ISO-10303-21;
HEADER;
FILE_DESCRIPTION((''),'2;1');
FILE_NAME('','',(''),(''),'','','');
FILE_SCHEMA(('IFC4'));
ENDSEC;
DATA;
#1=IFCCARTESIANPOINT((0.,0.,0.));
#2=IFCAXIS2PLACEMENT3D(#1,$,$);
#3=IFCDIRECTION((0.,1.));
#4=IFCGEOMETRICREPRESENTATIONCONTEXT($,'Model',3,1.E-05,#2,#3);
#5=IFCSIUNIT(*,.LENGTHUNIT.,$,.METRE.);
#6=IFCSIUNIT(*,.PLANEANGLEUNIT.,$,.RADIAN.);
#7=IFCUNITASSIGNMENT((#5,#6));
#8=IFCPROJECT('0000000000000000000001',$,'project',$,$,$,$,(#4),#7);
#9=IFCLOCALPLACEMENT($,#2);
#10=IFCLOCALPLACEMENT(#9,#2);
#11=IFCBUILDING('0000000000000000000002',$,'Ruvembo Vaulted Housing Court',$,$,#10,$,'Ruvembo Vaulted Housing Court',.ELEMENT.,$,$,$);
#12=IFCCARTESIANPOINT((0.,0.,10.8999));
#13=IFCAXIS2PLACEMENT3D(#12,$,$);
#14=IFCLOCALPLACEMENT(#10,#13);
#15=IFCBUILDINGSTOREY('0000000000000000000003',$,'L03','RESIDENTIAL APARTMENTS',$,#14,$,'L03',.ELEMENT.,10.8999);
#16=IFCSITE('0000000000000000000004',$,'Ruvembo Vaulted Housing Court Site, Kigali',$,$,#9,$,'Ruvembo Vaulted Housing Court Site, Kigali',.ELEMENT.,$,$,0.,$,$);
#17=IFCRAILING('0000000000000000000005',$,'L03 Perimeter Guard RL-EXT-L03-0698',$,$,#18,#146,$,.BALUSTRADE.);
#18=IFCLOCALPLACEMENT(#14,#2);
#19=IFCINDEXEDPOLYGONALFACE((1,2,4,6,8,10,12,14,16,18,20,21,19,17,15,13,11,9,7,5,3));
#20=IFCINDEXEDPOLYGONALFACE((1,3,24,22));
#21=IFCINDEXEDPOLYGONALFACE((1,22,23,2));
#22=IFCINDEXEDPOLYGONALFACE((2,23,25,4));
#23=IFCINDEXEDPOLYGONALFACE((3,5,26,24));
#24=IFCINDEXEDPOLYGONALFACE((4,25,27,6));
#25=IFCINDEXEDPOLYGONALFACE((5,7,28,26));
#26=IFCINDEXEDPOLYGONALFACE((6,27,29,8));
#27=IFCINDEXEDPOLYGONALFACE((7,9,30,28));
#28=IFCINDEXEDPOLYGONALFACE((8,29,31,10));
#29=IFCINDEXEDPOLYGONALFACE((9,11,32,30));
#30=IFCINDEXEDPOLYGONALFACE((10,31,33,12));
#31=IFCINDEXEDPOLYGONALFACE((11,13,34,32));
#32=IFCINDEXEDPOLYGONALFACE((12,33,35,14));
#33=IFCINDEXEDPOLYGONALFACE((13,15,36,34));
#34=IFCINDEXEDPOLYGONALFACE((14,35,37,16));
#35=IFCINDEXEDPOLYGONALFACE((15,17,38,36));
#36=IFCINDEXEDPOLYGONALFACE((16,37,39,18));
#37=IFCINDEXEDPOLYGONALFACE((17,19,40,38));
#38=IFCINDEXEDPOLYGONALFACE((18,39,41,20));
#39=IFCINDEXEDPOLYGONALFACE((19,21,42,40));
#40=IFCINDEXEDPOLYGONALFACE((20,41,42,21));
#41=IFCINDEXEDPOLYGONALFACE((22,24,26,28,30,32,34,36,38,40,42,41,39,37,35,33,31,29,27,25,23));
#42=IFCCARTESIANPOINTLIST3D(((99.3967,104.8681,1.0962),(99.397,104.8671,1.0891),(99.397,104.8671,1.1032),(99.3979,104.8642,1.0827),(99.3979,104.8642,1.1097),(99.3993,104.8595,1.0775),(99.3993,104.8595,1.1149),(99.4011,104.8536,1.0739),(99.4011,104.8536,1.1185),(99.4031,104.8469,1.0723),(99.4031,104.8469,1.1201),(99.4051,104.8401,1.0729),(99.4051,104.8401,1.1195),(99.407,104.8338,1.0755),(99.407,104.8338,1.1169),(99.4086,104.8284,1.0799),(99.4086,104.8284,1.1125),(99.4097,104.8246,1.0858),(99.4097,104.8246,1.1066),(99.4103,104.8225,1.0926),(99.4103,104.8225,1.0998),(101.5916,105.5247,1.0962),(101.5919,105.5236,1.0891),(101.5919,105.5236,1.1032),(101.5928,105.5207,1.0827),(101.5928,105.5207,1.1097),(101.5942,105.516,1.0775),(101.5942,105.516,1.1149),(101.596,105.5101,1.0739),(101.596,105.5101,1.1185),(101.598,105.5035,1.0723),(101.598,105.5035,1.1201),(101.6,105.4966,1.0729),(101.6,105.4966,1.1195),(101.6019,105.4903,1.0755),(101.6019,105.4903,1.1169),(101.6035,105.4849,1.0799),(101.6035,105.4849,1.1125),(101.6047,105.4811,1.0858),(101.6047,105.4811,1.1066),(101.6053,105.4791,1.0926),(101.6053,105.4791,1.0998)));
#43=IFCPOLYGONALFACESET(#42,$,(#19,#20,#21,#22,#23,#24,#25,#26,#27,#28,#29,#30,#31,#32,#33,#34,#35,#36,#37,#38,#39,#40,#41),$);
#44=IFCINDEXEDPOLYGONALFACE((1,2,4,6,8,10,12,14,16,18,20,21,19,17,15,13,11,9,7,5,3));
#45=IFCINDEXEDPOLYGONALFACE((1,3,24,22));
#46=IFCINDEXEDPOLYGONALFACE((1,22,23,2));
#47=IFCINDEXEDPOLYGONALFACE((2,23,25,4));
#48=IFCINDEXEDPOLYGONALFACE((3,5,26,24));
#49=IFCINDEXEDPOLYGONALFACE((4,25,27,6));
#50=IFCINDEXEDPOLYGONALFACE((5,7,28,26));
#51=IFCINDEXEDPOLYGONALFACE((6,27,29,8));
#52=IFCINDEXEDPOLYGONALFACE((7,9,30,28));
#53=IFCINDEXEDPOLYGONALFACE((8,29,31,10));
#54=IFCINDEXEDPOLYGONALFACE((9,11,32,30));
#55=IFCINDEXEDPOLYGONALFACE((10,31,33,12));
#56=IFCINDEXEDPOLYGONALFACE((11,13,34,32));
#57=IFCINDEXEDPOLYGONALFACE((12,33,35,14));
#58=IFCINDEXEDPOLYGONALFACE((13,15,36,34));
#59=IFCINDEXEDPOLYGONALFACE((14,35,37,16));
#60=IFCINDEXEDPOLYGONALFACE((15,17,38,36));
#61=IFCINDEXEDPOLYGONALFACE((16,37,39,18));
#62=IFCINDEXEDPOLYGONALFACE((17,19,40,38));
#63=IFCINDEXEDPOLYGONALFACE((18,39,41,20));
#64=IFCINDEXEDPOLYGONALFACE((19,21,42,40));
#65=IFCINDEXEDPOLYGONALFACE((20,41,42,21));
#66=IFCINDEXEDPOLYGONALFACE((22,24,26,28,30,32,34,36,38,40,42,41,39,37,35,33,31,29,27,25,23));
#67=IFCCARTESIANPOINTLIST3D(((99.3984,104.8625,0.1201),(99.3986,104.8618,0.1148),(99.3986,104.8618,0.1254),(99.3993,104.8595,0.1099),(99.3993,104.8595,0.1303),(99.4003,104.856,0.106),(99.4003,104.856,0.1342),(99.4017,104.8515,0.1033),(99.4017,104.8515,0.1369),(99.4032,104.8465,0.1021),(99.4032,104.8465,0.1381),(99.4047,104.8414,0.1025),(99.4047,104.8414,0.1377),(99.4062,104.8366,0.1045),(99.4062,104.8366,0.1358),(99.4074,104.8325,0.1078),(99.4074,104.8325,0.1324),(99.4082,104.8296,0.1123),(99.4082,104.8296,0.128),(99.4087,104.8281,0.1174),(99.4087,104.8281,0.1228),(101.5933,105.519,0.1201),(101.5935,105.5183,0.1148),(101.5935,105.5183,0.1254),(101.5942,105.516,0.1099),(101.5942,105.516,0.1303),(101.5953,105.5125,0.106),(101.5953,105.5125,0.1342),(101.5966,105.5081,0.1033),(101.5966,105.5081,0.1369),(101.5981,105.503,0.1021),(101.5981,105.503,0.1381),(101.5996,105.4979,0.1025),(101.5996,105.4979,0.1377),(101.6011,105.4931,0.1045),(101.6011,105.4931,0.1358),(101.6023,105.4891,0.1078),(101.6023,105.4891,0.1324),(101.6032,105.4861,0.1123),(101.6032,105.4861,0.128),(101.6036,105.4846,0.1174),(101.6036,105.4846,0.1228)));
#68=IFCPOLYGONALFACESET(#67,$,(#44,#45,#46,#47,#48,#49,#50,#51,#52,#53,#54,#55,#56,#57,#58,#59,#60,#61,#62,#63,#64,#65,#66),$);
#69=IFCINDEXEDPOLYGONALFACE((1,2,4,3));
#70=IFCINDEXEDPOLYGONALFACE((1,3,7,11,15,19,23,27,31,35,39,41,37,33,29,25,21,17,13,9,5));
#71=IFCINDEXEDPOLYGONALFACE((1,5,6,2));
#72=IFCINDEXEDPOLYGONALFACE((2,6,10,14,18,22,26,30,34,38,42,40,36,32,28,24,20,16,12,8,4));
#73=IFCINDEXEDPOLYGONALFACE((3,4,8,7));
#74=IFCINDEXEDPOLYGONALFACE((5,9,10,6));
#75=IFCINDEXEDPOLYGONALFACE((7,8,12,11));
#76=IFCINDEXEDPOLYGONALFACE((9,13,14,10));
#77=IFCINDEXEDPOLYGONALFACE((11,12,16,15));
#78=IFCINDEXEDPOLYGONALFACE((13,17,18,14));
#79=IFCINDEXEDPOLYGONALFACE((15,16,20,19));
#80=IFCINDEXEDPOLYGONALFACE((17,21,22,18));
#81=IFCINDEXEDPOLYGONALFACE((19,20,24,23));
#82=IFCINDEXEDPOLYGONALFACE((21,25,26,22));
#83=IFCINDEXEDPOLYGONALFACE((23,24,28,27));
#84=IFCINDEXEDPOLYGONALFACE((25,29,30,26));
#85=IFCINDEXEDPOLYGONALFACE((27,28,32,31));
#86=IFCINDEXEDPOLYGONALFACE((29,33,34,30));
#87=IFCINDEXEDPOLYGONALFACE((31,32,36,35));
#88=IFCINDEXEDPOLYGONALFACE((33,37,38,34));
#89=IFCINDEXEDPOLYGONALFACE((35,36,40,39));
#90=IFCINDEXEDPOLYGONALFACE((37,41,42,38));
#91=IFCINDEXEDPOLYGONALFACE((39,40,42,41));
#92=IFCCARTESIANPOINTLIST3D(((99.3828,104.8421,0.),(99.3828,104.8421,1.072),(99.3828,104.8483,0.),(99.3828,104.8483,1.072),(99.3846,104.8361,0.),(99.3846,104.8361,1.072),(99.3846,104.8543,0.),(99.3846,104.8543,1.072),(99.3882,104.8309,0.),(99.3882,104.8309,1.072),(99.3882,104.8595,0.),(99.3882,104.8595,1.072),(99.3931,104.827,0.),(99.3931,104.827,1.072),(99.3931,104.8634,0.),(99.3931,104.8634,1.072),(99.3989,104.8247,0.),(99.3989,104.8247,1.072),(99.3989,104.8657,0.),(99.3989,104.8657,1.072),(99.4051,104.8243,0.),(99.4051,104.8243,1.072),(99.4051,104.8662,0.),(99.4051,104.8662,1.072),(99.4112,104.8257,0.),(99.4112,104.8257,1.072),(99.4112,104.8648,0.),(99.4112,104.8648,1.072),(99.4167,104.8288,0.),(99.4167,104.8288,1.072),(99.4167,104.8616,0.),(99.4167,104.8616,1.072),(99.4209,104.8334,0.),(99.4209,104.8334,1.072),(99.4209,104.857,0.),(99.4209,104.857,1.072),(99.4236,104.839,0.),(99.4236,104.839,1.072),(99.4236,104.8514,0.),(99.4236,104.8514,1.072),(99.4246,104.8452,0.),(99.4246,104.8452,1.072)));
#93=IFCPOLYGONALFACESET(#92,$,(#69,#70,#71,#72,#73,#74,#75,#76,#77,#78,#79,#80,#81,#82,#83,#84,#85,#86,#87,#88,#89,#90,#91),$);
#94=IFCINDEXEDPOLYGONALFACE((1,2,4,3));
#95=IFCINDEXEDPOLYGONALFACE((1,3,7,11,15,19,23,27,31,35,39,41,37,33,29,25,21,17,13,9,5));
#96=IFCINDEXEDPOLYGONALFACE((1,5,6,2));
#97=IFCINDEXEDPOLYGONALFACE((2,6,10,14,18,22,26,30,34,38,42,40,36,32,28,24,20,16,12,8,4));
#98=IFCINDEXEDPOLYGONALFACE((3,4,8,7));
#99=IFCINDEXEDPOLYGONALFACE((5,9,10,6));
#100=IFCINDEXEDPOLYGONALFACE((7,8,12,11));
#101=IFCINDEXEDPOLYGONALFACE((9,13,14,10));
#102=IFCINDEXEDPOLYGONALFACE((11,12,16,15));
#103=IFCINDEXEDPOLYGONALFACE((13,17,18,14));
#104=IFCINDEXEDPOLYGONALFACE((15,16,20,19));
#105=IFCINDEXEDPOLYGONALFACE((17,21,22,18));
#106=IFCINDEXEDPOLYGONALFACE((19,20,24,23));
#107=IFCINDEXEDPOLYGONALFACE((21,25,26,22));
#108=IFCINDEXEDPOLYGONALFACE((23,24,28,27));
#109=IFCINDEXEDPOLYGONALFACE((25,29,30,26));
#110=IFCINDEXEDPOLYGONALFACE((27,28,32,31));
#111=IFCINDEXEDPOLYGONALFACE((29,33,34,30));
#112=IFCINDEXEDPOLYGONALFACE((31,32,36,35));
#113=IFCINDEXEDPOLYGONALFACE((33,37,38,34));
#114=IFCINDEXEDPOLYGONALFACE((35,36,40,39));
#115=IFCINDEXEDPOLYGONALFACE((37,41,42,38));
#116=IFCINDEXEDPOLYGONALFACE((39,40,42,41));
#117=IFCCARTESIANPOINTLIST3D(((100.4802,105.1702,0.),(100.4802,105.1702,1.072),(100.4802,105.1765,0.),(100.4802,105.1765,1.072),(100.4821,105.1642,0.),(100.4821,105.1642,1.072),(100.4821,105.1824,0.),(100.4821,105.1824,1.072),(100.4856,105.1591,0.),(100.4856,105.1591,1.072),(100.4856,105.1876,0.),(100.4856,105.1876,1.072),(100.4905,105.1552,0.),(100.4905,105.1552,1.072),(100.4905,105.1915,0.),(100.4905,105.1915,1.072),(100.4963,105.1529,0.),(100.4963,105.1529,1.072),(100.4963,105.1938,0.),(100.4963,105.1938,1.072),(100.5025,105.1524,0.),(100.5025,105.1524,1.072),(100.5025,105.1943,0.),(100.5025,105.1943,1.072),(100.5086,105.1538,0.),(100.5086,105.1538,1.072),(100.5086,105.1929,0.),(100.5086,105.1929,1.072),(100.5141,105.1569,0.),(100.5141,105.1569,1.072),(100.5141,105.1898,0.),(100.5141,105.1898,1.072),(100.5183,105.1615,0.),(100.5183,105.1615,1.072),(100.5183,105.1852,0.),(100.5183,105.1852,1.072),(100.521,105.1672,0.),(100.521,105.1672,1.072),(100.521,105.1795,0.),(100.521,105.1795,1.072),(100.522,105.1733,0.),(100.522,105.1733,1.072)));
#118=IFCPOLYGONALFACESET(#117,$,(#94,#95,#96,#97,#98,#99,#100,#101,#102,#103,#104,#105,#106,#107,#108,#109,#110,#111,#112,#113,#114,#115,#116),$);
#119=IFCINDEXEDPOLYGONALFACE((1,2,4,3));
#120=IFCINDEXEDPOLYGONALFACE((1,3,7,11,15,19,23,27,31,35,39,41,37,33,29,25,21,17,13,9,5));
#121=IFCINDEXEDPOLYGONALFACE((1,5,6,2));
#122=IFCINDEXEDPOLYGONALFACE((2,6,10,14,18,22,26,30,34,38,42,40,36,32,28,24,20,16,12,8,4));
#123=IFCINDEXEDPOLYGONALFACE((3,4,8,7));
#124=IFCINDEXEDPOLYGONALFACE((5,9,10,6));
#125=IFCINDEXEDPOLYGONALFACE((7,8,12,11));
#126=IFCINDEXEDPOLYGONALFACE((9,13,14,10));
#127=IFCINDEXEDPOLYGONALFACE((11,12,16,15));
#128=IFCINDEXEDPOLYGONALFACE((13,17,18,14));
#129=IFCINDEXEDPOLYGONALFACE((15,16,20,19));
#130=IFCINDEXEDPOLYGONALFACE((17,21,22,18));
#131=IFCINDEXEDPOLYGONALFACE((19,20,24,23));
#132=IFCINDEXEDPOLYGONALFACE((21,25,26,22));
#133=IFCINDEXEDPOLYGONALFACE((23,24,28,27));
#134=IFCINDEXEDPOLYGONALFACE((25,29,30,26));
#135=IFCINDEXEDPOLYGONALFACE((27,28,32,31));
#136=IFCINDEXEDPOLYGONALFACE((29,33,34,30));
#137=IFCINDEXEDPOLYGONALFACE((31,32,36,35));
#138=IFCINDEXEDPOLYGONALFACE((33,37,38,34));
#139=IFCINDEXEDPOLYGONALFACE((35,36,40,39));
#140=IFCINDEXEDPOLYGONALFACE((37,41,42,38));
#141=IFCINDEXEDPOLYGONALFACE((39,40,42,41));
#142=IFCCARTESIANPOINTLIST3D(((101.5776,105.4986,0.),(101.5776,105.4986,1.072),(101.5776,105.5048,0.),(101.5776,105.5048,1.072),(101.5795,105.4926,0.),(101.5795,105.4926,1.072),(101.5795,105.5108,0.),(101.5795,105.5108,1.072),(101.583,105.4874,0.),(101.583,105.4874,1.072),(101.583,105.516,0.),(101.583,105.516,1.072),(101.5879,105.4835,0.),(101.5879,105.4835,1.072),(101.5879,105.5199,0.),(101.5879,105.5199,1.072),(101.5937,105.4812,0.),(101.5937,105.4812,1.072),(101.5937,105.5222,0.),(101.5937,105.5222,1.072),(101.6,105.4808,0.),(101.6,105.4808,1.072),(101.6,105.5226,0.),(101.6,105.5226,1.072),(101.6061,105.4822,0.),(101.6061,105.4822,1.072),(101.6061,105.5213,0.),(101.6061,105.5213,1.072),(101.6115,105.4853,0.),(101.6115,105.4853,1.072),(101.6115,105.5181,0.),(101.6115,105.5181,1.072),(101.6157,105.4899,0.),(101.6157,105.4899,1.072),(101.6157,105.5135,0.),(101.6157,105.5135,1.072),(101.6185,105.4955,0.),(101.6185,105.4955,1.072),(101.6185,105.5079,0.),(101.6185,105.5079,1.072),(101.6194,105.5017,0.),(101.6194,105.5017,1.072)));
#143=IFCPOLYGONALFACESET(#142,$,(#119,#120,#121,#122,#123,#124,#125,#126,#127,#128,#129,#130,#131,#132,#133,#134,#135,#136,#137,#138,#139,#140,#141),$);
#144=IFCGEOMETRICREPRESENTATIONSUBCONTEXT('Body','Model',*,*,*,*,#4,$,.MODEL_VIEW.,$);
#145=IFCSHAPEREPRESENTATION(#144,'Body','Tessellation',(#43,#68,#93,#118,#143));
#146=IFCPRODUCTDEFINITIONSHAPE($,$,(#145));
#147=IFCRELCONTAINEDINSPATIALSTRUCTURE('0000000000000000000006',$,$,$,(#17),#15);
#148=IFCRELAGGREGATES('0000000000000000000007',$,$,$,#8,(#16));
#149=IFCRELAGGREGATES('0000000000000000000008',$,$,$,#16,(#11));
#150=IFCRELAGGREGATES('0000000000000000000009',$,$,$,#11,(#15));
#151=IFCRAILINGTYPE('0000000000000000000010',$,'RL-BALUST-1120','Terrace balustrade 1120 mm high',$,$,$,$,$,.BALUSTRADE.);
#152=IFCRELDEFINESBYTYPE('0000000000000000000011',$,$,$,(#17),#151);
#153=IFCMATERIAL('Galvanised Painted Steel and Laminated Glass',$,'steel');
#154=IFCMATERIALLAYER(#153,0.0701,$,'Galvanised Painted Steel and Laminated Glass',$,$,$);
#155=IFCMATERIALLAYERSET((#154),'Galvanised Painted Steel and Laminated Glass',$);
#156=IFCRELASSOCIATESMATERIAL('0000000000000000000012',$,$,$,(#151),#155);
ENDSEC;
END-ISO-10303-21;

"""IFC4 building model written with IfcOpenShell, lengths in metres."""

from ifc_helpers import new_model, si_unit, direction, frame, origin, origin_2d, place, context, subcontext, project, spatial, circle, extrude, material, layer, layer_set, type_object, element, save


model = new_model("IFC4")

# Units and contexts
model_context = context("Model", 3, precision=1e-05, world=origin(), true_north=direction((0.0, 1.0)))
body_context = subcontext(model_context, "Body", "Model", "MODEL_VIEW")
ifc_project = project(units=[si_unit("LENGTHUNIT", "METRE"), si_unit("PLANEANGLEUNIT", "RADIAN")], contexts=[model_context])

# Site, building, storey
site_placement = place(None, origin())
site = spatial("IfcSite", under=ifc_project, at=site_placement, Name="Ruvembo Vaulted Housing Court Site, Kigali", LongName="Ruvembo Vaulted Housing Court Site, Kigali", CompositionType="ELEMENT", RefElevation=0.0)
building_placement = place(site_placement, origin())
building = spatial("IfcBuilding", under=site, at=building_placement, Name="Ruvembo Vaulted Housing Court", LongName="Ruvembo Vaulted Housing Court", CompositionType="ELEMENT")
storey_placement = place(building_placement, frame((0.0, 0.0, 10.8999)))
storey = spatial("IfcBuildingStorey", under=building, at=storey_placement, Name="L03", Description="RESIDENTIAL APARTMENTS", LongName="L03", CompositionType="ELEMENT", Elevation=10.8999)

# Railing
ifc_material_1 = material(Name="Galvanised Painted Steel and Laminated Glass", Category="steel")
ifc_layer_1 = layer(ifc_material_1, 0.0701, Name="Galvanised Painted Steel and Laminated Glass")
ifc_layer_set_1 = layer_set([ifc_layer_1], Name="Galvanised Painted Steel and Laminated Glass")
railing_type = type_object("IfcRailingType", Name="RL-BALUST-1120", Description="Terrace balustrade 1120 mm high", PredefinedType="BALUSTRADE", material=ifc_layer_set_1)
railing_1_placement = place(storey_placement, frame((99.4036, 104.8452, 0.0)))
element("IfcRailing", 1, at=railing_1_placement, inside=storey, type_object=railing_type, Name="L03 Perimeter Guard RL-EXT-L03-0698", PredefinedType="BALUSTRADE", context=body_context, shape_type="SweptSolid", body=[
    extrude(circle(Radius=0.0239, at=origin_2d()), frame((0.0, 0.0, 1.0962), z_axis=(0.958061, 0.286566, 0.0), x_axis=(-0.286566, 0.958061, 0.0)), (0.0, 0.0, 1.0), 2.291),
    extrude(circle(Radius=0.0181, at=origin_2d()), frame((0.0, 0.0, 0.1201), z_axis=(0.958061, 0.286566, 0.0), x_axis=(-0.286566, 0.958061, 0.0)), (0.0, 0.0, 1.0), 2.291),
    extrude(circle(Radius=0.021, at=origin_2d()), origin(), (0.0, 0.0, 1.0), 1.072),
    extrude(circle(Radius=0.021, at=origin_2d()), frame((1.0974, 0.3281, 0.0)), (0.0, 0.0, 1.0), 1.072),
    extrude(circle(Radius=0.021, at=origin_2d()), frame((2.1948, 0.6565, 0.0)), (0.0, 0.0, 1.0), 1.072),
])

save(model, "model.ifc")
